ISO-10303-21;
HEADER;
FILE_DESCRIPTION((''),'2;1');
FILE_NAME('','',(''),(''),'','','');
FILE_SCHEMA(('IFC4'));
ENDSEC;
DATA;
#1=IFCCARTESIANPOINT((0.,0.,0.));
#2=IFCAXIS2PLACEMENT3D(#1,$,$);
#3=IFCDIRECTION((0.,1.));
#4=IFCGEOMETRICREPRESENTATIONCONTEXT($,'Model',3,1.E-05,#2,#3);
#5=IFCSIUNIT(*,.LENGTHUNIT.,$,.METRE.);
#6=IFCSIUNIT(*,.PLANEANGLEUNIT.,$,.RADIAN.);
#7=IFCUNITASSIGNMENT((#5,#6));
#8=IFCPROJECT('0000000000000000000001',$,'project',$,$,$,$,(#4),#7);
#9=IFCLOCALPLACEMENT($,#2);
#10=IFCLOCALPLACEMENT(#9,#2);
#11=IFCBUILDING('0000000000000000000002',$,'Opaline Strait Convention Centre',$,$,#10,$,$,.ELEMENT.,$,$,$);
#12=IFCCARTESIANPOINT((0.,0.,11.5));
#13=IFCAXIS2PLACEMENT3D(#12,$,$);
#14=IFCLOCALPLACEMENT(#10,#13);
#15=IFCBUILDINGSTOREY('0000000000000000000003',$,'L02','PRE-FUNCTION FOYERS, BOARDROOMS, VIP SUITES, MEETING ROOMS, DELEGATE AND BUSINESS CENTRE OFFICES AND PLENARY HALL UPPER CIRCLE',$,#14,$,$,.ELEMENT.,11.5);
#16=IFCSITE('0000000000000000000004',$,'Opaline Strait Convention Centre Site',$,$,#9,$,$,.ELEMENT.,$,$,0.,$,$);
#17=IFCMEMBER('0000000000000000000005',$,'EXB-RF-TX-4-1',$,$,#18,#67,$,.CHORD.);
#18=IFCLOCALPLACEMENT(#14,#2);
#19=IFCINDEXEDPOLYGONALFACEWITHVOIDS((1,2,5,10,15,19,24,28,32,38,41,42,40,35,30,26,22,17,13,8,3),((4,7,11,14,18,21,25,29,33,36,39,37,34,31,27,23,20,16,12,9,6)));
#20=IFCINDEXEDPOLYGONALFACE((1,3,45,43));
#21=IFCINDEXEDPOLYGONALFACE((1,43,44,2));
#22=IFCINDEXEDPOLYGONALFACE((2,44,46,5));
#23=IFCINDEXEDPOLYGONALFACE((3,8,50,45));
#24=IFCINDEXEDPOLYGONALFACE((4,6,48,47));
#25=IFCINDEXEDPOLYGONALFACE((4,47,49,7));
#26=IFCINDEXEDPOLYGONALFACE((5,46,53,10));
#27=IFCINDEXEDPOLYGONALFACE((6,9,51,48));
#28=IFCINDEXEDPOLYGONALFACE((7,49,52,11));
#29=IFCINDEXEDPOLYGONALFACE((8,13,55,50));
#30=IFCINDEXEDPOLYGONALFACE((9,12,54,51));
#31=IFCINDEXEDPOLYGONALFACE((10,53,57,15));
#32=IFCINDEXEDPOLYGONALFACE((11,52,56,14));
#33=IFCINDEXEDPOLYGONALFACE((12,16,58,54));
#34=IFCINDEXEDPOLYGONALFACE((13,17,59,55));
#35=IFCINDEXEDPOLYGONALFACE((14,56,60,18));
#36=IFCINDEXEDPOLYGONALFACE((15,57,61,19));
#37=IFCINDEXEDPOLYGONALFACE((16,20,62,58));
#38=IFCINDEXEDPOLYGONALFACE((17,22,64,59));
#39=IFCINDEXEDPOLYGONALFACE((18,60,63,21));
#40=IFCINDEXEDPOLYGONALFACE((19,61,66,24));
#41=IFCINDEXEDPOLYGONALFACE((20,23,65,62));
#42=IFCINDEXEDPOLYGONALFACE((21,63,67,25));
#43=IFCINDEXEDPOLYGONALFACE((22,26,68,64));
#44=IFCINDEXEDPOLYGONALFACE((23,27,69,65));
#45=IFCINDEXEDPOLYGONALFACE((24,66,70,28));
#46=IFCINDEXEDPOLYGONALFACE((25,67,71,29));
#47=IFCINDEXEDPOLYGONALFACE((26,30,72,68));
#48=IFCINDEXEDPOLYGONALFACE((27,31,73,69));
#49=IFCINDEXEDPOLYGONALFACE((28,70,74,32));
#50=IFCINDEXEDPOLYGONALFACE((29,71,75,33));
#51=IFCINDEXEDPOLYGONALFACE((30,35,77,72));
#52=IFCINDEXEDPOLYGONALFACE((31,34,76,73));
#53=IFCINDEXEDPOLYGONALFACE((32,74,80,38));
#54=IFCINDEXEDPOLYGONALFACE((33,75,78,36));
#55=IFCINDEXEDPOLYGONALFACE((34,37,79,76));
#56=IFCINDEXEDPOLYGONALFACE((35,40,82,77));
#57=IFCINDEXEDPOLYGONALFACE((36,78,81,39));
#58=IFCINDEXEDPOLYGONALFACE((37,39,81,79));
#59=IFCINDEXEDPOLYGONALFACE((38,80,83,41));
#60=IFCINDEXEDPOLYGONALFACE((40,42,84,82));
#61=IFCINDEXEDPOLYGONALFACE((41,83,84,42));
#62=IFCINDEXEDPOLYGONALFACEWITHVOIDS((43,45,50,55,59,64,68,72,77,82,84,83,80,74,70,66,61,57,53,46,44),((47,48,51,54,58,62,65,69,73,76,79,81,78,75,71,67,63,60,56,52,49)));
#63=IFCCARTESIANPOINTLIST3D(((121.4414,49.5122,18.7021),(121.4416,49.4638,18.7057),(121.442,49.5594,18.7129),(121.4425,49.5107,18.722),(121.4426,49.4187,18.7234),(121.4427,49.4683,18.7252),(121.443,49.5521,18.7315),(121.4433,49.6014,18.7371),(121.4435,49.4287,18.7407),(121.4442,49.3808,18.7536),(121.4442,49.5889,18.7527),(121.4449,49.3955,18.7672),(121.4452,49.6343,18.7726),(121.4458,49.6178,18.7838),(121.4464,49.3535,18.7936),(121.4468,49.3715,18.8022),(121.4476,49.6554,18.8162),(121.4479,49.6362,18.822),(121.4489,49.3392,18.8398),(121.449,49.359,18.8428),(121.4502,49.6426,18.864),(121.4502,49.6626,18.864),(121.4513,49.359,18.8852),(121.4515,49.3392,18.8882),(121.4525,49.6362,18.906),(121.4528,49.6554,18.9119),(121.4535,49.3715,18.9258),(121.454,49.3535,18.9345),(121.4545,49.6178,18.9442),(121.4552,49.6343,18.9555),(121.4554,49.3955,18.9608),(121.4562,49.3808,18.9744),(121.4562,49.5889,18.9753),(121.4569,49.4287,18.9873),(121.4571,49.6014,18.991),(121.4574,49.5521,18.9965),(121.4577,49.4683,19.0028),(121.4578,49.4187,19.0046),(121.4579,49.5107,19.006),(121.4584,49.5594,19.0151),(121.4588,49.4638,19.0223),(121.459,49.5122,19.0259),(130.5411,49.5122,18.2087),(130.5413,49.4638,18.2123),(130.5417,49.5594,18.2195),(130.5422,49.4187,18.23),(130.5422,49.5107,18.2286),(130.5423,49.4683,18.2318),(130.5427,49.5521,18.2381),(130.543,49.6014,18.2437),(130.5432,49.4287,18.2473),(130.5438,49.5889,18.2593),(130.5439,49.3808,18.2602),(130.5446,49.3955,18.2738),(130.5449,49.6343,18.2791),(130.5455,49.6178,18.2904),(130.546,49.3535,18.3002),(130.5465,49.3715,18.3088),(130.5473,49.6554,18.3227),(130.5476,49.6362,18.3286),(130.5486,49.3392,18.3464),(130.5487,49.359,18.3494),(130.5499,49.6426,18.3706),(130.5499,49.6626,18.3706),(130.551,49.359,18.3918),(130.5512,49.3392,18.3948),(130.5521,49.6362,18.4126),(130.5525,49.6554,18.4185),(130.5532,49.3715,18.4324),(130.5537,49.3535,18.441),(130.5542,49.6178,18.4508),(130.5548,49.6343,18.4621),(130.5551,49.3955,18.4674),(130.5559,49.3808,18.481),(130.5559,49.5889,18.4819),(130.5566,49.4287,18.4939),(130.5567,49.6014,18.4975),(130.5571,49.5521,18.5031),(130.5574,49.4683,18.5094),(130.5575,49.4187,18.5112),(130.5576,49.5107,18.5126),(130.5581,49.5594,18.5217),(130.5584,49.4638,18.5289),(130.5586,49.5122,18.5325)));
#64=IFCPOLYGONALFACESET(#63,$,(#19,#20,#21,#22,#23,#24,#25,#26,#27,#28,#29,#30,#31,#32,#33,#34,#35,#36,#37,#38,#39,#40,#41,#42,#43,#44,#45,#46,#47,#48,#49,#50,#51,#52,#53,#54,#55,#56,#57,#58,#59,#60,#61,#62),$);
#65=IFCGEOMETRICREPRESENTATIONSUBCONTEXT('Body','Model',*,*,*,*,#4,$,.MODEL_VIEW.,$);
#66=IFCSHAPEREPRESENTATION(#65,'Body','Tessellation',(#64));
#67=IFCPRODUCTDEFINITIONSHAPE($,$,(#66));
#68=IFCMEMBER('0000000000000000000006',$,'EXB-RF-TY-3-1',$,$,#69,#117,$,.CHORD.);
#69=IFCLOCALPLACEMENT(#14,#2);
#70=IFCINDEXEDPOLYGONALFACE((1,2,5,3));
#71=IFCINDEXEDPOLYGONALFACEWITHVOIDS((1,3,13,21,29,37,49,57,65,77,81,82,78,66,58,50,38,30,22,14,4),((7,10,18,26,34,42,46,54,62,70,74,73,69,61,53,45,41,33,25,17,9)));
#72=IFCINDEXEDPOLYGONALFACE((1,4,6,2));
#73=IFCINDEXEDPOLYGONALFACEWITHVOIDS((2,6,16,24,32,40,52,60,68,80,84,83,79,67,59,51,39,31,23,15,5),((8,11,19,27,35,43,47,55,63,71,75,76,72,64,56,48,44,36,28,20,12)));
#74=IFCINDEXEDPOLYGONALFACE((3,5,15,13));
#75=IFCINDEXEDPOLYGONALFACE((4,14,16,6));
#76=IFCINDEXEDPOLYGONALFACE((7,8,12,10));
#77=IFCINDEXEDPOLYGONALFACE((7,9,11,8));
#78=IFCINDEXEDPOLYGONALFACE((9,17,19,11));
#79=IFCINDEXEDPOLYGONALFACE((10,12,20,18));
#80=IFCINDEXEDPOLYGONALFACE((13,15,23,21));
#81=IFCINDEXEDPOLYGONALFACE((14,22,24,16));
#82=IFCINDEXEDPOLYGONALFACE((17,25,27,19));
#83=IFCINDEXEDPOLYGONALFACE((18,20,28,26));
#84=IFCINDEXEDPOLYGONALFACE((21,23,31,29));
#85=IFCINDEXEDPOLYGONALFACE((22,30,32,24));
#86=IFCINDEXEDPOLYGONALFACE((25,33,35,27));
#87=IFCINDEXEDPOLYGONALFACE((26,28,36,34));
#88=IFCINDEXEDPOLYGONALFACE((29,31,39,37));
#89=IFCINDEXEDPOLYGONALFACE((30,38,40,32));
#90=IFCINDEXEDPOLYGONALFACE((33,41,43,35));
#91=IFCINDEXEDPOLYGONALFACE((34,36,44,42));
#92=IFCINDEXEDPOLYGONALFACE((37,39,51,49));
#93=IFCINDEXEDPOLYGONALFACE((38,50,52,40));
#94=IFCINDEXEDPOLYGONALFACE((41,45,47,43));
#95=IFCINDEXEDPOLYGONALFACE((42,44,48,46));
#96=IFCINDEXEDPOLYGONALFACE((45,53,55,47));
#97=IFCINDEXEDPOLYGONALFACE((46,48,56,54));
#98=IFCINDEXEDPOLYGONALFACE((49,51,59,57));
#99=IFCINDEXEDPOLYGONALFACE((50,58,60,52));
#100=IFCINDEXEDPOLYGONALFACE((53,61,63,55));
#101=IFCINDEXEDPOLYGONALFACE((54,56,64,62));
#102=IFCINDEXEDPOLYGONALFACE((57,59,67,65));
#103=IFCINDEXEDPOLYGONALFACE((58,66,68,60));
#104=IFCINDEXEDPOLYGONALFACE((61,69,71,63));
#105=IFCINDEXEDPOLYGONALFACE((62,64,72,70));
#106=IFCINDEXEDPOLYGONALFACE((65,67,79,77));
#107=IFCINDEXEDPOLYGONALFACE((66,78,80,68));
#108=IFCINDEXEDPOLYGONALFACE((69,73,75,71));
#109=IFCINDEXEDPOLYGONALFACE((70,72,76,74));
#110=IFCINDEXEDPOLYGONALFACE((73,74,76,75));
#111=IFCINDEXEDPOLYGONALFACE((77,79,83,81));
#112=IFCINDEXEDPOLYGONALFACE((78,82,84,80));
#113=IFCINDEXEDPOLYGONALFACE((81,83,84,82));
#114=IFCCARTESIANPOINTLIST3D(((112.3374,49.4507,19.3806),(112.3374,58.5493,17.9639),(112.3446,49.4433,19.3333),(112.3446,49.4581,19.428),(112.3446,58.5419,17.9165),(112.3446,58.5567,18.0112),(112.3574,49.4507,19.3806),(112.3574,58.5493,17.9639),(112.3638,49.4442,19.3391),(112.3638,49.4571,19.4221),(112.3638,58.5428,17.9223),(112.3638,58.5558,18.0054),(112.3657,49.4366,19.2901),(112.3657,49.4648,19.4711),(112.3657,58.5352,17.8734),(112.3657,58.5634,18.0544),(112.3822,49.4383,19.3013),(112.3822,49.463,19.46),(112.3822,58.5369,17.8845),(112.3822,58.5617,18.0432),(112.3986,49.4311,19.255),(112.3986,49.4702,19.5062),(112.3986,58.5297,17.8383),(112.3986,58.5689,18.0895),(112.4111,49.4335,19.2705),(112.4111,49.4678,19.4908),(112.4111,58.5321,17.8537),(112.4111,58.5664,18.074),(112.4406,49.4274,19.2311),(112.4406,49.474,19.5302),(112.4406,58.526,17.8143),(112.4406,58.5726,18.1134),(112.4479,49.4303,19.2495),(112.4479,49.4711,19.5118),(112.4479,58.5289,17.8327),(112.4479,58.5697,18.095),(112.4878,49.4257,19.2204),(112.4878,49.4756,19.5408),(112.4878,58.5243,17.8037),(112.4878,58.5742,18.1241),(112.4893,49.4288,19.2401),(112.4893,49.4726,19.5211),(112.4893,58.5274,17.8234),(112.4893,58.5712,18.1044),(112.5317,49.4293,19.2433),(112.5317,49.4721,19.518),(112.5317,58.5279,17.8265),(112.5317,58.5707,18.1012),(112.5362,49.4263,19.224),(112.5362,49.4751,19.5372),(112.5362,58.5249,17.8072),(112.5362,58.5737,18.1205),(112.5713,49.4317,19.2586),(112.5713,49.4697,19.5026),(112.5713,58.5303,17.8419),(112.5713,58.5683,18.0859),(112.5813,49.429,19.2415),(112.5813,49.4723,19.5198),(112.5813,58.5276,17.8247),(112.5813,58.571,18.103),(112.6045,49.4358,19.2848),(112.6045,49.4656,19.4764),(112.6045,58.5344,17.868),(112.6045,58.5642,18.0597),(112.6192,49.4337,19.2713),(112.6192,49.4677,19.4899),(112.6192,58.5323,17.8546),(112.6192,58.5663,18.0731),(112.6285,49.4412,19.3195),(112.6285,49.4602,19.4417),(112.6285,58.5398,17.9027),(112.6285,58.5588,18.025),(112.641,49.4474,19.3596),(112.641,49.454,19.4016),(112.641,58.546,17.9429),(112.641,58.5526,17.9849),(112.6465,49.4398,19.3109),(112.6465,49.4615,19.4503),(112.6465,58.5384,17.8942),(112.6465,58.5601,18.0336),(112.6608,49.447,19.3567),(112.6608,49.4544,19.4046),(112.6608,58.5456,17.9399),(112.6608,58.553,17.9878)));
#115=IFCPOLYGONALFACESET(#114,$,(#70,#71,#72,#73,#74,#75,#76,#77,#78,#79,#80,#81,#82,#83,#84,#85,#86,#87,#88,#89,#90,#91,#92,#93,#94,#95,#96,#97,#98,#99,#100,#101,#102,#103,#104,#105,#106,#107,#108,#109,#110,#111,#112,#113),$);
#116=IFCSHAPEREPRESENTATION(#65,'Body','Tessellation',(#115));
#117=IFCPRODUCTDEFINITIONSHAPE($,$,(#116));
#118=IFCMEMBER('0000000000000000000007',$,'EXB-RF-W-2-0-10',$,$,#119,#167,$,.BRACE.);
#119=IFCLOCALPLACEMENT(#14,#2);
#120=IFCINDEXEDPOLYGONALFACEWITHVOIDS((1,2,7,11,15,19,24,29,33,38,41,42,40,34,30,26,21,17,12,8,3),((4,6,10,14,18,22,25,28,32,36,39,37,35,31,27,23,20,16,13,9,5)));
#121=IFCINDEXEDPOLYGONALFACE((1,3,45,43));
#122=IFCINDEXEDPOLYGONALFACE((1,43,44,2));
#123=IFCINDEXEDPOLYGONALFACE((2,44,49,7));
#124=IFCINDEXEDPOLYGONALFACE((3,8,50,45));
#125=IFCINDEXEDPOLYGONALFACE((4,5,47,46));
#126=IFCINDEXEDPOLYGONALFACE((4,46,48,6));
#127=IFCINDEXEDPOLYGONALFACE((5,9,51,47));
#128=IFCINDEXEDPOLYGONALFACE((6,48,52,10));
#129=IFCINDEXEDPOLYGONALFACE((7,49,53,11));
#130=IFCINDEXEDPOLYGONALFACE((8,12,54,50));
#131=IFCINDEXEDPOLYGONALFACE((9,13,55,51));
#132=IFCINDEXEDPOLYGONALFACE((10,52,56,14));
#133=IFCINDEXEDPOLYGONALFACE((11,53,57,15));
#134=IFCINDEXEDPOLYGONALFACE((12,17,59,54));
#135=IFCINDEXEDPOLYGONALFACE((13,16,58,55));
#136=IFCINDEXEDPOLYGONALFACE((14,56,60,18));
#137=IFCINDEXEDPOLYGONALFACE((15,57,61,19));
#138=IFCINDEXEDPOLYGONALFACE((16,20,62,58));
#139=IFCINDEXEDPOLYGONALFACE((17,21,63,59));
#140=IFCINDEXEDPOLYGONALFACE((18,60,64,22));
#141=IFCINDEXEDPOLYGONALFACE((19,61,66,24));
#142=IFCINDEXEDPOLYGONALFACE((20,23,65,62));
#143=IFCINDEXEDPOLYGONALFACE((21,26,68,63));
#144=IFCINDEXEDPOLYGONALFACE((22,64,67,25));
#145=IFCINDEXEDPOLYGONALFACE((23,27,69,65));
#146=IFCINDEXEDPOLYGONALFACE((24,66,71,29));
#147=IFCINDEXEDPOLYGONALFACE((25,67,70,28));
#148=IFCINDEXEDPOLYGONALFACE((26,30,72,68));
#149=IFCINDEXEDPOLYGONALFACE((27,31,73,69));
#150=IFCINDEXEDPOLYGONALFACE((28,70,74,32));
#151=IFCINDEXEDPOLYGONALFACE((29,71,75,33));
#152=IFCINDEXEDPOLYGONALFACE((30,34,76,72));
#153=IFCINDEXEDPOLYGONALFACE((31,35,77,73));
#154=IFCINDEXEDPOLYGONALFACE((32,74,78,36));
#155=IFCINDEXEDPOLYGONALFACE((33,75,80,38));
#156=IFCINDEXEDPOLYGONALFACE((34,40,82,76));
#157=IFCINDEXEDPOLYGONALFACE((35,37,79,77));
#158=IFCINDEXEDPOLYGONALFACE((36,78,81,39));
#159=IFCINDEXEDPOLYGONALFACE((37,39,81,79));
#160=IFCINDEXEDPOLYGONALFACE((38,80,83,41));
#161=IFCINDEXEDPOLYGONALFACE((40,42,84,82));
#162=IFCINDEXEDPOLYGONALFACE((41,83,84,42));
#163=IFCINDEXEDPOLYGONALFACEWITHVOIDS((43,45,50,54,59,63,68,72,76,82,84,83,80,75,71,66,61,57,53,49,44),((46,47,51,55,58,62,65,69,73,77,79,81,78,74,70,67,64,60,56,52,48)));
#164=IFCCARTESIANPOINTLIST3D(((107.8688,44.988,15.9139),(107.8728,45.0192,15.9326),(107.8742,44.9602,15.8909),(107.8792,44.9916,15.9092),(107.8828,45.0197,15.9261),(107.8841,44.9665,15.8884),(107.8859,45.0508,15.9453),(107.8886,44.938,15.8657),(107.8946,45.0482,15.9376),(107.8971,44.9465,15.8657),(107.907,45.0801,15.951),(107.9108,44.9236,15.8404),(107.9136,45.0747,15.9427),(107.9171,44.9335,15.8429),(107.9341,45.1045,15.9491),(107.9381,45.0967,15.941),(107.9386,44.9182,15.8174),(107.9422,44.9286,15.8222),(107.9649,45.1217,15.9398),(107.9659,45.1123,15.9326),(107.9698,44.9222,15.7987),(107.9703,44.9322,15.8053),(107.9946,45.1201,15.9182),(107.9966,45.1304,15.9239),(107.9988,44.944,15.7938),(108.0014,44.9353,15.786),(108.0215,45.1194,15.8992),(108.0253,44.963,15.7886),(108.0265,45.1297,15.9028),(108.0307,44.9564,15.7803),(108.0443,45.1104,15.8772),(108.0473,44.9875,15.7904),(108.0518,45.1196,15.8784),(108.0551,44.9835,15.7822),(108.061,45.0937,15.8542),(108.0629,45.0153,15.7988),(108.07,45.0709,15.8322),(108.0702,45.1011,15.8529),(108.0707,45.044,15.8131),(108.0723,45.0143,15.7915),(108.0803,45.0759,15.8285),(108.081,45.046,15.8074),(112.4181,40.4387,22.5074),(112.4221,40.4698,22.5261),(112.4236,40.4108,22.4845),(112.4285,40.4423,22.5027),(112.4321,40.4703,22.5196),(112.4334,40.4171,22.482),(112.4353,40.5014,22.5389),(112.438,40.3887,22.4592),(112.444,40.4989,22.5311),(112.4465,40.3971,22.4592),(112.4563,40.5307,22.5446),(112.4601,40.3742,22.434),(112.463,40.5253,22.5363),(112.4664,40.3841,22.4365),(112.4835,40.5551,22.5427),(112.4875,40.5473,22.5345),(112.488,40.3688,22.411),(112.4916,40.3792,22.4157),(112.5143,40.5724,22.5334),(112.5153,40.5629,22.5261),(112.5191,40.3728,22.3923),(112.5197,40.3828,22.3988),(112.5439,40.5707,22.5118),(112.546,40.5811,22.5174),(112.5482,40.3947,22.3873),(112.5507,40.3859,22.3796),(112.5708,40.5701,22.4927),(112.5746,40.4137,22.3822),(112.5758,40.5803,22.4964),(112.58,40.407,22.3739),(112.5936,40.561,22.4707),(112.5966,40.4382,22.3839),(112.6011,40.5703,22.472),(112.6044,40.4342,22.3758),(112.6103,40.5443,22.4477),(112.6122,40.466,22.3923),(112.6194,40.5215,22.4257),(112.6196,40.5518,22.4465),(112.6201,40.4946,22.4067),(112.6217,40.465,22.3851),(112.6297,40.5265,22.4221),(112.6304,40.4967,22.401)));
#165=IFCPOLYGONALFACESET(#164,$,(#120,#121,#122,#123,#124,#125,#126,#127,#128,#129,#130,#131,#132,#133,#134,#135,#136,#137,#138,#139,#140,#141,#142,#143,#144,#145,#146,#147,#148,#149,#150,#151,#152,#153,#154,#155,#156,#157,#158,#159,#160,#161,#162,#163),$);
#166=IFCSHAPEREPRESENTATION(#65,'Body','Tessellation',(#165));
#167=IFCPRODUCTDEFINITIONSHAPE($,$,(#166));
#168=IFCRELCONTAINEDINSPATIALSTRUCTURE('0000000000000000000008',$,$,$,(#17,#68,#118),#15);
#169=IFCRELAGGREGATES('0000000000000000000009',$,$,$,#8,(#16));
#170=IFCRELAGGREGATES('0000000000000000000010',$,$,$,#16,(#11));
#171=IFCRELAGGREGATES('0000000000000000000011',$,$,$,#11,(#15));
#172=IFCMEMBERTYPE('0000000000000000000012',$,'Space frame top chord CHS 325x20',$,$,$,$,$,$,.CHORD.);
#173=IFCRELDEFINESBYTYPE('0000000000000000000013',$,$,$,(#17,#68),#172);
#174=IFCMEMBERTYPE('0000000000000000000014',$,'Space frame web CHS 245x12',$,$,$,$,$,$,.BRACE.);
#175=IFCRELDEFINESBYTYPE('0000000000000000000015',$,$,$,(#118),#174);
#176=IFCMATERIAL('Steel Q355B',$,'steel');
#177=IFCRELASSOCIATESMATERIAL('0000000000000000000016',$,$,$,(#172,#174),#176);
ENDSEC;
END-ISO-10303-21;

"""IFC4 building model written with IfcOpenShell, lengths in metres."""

from ifc_helpers import new_model, si_unit, direction, frame, origin, origin_2d, place, context, subcontext, project, spatial, hollow_circle, extrude, material, material_profile, profile_set, type_object, element, save


model = new_model("IFC4")

# Units and contexts
model_context = context("Model", 3, precision=1e-05, world=origin(), true_north=direction((0.0, 1.0)))
body_context = subcontext(model_context, "Body", "Model", "MODEL_VIEW")
ifc_project = project(units=[si_unit("LENGTHUNIT", "METRE"), si_unit("PLANEANGLEUNIT", "RADIAN")], contexts=[model_context])

# Site, building, storey
site_placement = place(None, origin())
site = spatial("IfcSite", under=ifc_project, at=site_placement, Name="Opaline Strait Convention Centre Site", CompositionType="ELEMENT", RefElevation=0.0)
building_placement = place(site_placement, origin())
building = spatial("IfcBuilding", under=site, at=building_placement, Name="Opaline Strait Convention Centre", CompositionType="ELEMENT")
storey_placement = place(building_placement, frame((0.0, 0.0, 11.5)))
storey = spatial("IfcBuildingStorey", under=building, at=storey_placement, Name="L02", Description="PRE-FUNCTION FOYERS, BOARDROOMS, VIP SUITES, MEETING ROOMS, DELEGATE AND BUSINESS CENTRE OFFICES AND PLENARY HALL UPPER CIRCLE", CompositionType="ELEMENT", Elevation=11.5)

# Members
ifc_material_1 = material(Name="Steel Q355B", Category="steel")
ifc_material_profile_1 = material_profile(ifc_material_1, hollow_circle(Radius=0.1626, WallThickness=0.02, at=origin_2d()), Name="CHS 325x20")
ifc_profile_set_1 = profile_set([ifc_material_profile_1], Name="Steel Q355B")
member_type_1 = type_object("IfcMemberType", Name="Space frame top chord CHS 325x20", PredefinedType="CHORD", material=ifc_profile_set_1)
member_1_placement = place(storey_placement, frame((121.4502, 49.5, 18.864), z_axis=(0.998533, 0.0, -0.054143), x_axis=(0.0, 1.0, 0.0)))
element("IfcMember", 1, at=member_1_placement, inside=storey, type_object=member_type_1, Name="EXB-RF-TX-4-1", PredefinedType="CHORD", context=body_context, shape_type="SweptSolid", body=[
    extrude(hollow_circle(Radius=0.1626, WallThickness=0.02, at=origin_2d()), origin(), (0.0, 0.0, 1.0), 9.113),
])
member_2_placement = place(storey_placement, frame((112.5, 49.4507, 19.3806), z_axis=(0.0, 0.988093, -0.153856), x_axis=(-1.0, 0.0, 0.0)))
element("IfcMember", 2, at=member_2_placement, inside=storey, type_object=member_type_1, Name="EXB-RF-TY-3-1", PredefinedType="CHORD", context=body_context, shape_type="SweptSolid", body=[
    extrude(hollow_circle(Radius=0.1626, WallThickness=0.02, at=origin_2d()), origin(), (0.0, 0.0, 1.0), 9.2083),
])
ifc_material_profile_2 = material_profile(ifc_material_1, hollow_circle(Radius=0.1226, WallThickness=0.012, at=origin_2d()), Name="CHS 245x12")
ifc_profile_set_2 = profile_set([ifc_material_profile_2], Name="Steel Q355B")
member_type_2 = type_object("IfcMemberType", Name="Space frame web CHS 245x12", PredefinedType="BRACE", material=ifc_profile_set_2)
member_3_placement = place(storey_placement, frame((112.5247, 40.4753, 22.4592), z_axis=(-0.493829, 0.493829, -0.715727), x_axis=(-0.707107, -0.707107, 0.0)))
element("IfcMember", 3, at=member_3_placement, inside=storey, type_object=member_type_2, Name="EXB-RF-W-2-0-10", PredefinedType="BRACE", context=body_context, shape_type="SweptSolid", body=[
    extrude(hollow_circle(Radius=0.1226, WallThickness=0.012, at=origin_2d()), origin(), (0.0, 0.0, 1.0), 9.2124),
])

save(model, "model.ifc")
